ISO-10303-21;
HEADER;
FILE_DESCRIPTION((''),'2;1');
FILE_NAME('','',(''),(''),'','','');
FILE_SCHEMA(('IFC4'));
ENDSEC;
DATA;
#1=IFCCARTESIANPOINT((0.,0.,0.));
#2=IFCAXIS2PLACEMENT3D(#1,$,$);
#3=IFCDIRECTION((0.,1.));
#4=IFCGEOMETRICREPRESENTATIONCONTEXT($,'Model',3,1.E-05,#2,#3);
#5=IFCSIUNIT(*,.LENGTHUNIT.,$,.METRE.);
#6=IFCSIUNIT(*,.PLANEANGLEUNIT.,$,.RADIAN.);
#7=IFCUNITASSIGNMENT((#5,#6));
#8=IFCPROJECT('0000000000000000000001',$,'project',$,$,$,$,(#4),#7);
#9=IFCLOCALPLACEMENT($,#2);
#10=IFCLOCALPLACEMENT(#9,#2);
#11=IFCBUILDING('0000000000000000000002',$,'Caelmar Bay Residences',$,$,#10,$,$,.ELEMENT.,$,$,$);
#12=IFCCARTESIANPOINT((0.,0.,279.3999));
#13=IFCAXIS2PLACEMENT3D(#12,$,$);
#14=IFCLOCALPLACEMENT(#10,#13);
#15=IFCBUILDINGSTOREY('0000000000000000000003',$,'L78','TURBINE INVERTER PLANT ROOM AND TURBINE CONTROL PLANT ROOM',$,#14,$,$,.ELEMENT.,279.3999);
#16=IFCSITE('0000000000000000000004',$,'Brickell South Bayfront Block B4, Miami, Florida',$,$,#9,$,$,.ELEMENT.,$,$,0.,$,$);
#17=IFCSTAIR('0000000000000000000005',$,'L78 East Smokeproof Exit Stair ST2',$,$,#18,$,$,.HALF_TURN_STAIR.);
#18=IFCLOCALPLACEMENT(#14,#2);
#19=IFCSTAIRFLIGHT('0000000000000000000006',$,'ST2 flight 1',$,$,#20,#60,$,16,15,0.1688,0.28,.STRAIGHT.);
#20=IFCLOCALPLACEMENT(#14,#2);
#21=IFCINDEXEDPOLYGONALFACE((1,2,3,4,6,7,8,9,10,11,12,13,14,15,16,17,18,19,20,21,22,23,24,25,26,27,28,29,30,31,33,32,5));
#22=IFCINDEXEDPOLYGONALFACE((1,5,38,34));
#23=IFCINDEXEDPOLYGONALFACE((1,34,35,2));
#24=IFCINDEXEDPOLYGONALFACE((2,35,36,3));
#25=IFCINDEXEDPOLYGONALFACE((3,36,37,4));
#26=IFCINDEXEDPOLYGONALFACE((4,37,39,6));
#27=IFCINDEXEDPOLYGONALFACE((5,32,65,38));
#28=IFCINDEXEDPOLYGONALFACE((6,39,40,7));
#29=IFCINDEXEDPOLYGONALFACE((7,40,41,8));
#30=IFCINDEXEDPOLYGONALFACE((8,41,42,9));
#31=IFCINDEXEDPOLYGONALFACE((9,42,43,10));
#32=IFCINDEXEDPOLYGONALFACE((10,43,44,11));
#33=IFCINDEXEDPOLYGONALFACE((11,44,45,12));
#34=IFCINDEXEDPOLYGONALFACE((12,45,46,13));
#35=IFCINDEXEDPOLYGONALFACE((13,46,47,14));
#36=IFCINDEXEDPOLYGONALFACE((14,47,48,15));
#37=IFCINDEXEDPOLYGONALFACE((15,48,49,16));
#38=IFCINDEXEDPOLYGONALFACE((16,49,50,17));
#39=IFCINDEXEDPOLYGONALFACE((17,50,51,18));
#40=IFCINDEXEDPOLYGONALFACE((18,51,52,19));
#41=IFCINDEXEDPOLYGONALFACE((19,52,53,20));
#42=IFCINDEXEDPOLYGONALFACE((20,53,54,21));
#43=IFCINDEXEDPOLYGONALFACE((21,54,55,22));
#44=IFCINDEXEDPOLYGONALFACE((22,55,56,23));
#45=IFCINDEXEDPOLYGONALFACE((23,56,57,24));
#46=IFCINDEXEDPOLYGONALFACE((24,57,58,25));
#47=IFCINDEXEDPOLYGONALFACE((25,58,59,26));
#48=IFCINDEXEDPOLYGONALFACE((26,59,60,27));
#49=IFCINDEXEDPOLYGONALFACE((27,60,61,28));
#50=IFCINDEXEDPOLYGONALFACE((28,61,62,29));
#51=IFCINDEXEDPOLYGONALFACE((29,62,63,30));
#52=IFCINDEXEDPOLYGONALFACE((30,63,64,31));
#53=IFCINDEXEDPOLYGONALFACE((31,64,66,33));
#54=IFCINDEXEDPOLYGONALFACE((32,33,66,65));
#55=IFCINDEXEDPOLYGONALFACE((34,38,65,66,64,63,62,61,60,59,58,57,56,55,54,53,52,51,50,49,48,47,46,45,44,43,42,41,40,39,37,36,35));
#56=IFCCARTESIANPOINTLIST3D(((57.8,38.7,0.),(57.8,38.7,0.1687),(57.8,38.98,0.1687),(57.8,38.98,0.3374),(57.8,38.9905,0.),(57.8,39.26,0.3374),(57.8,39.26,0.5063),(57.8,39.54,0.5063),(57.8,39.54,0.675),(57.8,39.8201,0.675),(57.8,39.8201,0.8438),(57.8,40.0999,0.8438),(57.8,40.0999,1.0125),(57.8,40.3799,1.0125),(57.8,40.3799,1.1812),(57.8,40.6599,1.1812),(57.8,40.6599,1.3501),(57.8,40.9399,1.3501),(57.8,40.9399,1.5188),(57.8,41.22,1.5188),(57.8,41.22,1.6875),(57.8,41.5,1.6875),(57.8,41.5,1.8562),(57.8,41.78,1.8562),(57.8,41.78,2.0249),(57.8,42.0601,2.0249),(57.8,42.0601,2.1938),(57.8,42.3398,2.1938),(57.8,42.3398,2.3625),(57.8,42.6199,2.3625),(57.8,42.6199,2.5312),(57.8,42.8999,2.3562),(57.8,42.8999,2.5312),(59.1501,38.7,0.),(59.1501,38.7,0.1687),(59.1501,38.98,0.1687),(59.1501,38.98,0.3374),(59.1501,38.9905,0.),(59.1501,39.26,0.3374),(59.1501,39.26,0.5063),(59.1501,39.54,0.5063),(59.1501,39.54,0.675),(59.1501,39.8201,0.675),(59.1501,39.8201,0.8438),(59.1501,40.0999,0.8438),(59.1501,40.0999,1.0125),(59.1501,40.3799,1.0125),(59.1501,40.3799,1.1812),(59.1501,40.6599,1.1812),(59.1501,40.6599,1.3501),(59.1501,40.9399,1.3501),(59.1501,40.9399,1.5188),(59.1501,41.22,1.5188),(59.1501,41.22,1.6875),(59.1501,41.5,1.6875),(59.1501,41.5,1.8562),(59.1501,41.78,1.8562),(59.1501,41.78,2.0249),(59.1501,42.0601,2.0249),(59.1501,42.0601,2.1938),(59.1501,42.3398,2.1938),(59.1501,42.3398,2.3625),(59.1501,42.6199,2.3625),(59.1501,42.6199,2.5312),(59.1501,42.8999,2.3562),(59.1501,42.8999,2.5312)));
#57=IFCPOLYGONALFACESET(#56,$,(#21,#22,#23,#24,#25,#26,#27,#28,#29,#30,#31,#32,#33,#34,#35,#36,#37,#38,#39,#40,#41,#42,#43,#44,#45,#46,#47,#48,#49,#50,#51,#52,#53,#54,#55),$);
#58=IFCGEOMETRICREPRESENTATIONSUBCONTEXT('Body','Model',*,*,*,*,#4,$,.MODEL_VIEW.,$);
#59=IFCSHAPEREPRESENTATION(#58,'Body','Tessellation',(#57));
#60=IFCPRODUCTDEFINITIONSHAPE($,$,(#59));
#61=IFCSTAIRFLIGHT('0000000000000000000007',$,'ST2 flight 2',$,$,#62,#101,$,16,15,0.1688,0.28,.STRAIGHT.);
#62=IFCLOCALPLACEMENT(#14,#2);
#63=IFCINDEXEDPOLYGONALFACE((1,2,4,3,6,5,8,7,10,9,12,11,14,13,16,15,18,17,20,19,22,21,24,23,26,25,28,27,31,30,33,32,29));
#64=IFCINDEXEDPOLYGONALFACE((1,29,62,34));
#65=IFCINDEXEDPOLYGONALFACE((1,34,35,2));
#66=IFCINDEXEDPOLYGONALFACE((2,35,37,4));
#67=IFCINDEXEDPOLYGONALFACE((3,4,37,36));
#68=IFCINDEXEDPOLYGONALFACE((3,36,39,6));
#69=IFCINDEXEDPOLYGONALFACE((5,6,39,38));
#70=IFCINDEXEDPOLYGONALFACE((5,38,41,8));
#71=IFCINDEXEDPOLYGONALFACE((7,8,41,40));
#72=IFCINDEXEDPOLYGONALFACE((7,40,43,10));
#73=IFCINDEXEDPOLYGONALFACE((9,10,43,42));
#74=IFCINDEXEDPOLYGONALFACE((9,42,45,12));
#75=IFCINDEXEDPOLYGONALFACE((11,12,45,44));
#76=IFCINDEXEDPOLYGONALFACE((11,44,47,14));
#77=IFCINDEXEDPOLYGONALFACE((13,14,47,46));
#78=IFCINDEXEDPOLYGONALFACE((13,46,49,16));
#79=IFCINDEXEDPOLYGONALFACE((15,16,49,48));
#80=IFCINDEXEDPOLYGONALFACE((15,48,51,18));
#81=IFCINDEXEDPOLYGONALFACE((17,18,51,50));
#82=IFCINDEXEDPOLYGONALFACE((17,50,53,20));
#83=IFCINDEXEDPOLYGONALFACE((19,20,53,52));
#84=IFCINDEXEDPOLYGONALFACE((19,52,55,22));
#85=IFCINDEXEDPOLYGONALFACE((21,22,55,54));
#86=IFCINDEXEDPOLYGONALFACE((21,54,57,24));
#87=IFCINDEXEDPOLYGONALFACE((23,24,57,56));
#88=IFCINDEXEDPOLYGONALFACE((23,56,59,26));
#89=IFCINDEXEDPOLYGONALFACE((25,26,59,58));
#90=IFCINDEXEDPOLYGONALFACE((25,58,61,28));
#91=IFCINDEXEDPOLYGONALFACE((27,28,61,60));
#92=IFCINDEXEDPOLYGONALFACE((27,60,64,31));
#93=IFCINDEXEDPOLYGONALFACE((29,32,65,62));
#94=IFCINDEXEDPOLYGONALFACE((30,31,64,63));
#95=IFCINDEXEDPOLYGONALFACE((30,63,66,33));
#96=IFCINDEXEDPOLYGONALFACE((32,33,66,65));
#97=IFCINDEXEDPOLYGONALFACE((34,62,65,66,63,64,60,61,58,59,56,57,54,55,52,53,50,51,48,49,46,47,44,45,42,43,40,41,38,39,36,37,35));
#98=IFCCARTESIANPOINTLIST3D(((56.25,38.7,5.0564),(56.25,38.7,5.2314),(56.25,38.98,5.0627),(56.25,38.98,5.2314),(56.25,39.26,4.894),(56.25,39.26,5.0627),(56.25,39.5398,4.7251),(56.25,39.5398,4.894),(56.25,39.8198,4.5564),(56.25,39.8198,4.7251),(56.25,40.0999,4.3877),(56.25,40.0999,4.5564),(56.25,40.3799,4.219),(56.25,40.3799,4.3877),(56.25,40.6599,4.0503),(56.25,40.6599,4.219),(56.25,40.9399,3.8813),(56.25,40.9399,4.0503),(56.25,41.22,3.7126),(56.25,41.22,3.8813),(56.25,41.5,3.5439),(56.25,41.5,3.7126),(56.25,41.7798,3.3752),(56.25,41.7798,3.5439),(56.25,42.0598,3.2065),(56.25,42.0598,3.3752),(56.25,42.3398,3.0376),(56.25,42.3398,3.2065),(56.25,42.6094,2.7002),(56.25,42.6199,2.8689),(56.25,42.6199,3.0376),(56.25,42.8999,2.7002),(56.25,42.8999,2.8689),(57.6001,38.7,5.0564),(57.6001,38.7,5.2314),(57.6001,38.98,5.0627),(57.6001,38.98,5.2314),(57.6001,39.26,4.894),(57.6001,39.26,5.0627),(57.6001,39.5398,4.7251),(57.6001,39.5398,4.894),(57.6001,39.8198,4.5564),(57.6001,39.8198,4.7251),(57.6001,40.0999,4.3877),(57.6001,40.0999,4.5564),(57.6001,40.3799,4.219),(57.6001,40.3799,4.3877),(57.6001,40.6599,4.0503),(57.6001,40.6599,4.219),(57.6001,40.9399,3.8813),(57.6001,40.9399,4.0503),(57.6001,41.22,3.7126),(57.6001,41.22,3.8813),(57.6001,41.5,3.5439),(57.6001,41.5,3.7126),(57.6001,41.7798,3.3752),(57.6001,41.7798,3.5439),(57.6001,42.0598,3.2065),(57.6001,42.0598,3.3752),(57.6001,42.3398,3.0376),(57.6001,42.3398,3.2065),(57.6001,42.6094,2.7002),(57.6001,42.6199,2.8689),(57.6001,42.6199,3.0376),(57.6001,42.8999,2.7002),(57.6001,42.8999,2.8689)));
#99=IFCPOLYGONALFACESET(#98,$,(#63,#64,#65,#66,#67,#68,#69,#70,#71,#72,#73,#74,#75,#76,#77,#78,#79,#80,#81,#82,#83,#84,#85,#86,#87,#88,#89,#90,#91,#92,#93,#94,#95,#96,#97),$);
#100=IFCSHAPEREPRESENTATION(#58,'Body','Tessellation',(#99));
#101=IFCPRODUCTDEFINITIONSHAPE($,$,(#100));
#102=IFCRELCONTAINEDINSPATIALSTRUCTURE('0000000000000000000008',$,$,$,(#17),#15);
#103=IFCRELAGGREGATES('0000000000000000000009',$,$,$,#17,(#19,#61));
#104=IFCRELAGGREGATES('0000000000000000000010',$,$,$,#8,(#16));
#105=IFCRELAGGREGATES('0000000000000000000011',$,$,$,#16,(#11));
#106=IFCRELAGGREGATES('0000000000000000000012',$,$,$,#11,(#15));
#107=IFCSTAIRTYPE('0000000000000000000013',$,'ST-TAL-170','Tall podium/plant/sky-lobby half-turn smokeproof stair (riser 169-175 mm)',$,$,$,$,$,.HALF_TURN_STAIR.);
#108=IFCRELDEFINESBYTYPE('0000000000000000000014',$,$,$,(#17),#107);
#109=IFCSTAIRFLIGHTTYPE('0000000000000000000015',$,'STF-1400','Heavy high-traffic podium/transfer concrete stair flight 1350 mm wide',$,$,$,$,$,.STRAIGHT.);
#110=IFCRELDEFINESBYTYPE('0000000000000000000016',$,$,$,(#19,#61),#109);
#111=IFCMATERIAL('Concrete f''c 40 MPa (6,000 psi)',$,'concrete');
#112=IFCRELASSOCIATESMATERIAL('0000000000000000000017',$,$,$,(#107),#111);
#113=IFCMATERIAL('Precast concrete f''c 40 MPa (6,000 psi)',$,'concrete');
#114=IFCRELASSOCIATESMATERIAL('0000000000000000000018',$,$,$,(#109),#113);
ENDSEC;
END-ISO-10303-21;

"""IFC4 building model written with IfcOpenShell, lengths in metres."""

from ifc_helpers import new_model, si_unit, direction, frame, origin, place, context, subcontext, project, spatial, polyline, outline, extrude, material, type_object, element, aggregate, save


model = new_model("IFC4")

# Units and contexts
model_context = context("Model", 3, precision=1e-05, world=origin(), true_north=direction((0.0, 1.0)))
body_context = subcontext(model_context, "Body", "Model", "MODEL_VIEW")
ifc_project = project(units=[si_unit("LENGTHUNIT", "METRE"), si_unit("PLANEANGLEUNIT", "RADIAN")], contexts=[model_context])

# Site, building, storey
site_placement = place(None, origin())
site = spatial("IfcSite", under=ifc_project, at=site_placement, Name="Brickell South Bayfront Block B4, Miami, Florida", CompositionType="ELEMENT", RefElevation=0.0)
building_placement = place(site_placement, origin())
building = spatial("IfcBuilding", under=site, at=building_placement, Name="Caelmar Bay Residences", CompositionType="ELEMENT")
storey_placement = place(building_placement, frame((0.0, 0.0, 279.3999)))
storey = spatial("IfcBuildingStorey", under=building, at=storey_placement, Name="L78", Description="TURBINE INVERTER PLANT ROOM AND TURBINE CONTROL PLANT ROOM", CompositionType="ELEMENT", Elevation=279.3999)

# Shared definitions
ifc_material_1 = material(Name="Precast concrete f'c 40 MPa (6,000 psi)", Category="concrete")

# Stair, stair flights
ifc_material_2 = material(Name="Concrete f'c 40 MPa (6,000 psi)", Category="concrete")
stair_type = type_object("IfcStairType", Name="ST-TAL-170", Description="Tall podium/plant/sky-lobby half-turn smokeproof stair (riser 169-175 mm)", PredefinedType="HALF_TURN_STAIR", material=ifc_material_2)
stair_placement = place(storey_placement, origin())
stair = element("IfcStair", 1, at=stair_placement, inside=storey, type_object=stair_type, Name="L78 East Smokeproof Exit Stair ST2", PredefinedType="HALF_TURN_STAIR")
stair_flight_type = type_object("IfcStairFlightType", Name="STF-1400", Description="Heavy high-traffic podium/transfer concrete stair flight 1350 mm wide", PredefinedType="STRAIGHT", material=ifc_material_1)
stair_flight_1_placement = place(storey_placement, frame((58.4751, 38.7, 0.0), z_axis=(0.0, 0.0, 1.0), x_axis=(0.0, 1.0, 0.0)))
stair_flight_1 = element("IfcStairFlight", 2, at=stair_flight_1_placement, type_object=stair_flight_type, Name="ST2 flight 1", NumberOfRisers=16, NumberOfTreads=15, PredefinedType="STRAIGHT", RiserHeight=0.1688, TreadLength=0.28, context=body_context, shape_type="SweptSolid", body=[
    extrude(outline(polyline([(0.0, 0.0), (0.0, 0.1687), (0.28, 0.1687), (0.28, 0.3374), (0.5601, 0.3374), (0.5601, 0.5063), (0.8401, 0.5063), (0.8401, 0.675), (1.1201, 0.675), (1.1201, 0.8438), (1.3999, 0.8438), (1.3999, 1.0125), (1.6799, 1.0125), (1.6799, 1.1812), (1.96, 1.1812), (1.96, 1.3501), (2.24, 1.3501), (2.24, 1.5188), (2.52, 1.5188), (2.52, 1.6875), (2.8, 1.6875), (2.8, 1.8562), (3.0801, 1.8562), (3.0801, 2.0249), (3.3601, 2.0249), (3.3601, 2.1938), (3.6399, 2.1938), (3.6399, 2.3625), (3.9199, 2.3625), (3.9199, 2.5312), (4.2, 2.5312), (4.2, 2.7), (4.2, 2.3562), (0.2905, 0.0), (0.0, 0.0)])), frame((0.0, 0.675, 0.0), z_axis=(0.0, -1.0, 0.0), x_axis=(1.0, 0.0, 0.0)), (0.0, 0.0, 1.0), 1.3501),
])
stair_flight_2_placement = place(storey_placement, frame((56.925, 42.8999, 2.7002), z_axis=(0.0, 0.0, 1.0), x_axis=(0.0, -1.0, 0.0)))
stair_flight_2 = element("IfcStairFlight", 3, at=stair_flight_2_placement, type_object=stair_flight_type, Name="ST2 flight 2", NumberOfRisers=16, NumberOfTreads=15, PredefinedType="STRAIGHT", RiserHeight=0.1688, TreadLength=0.28, context=body_context, shape_type="SweptSolid", body=[
    extrude(outline(polyline([(0.0, 0.0), (0.0, 0.1687), (0.28, 0.1687), (0.28, 0.3374), (0.5601, 0.3374), (0.5601, 0.5063), (0.8401, 0.5063), (0.8401, 0.675), (1.1201, 0.675), (1.1201, 0.8438), (1.3999, 0.8438), (1.3999, 1.0125), (1.6799, 1.0125), (1.6799, 1.1812), (1.96, 1.1812), (1.96, 1.3501), (2.24, 1.3501), (2.24, 1.5188), (2.52, 1.5188), (2.52, 1.6875), (2.8, 1.6875), (2.8, 1.8562), (3.0801, 1.8562), (3.0801, 2.0249), (3.3601, 2.0249), (3.3601, 2.1938), (3.6399, 2.1938), (3.6399, 2.3625), (3.9199, 2.3625), (3.9199, 2.5312), (4.2, 2.5312), (4.2, 2.7), (4.2, 2.3562), (0.2905, 0.0), (0.0, 0.0)])), frame((0.0, 0.675, 0.0), z_axis=(0.0, -1.0, 0.0), x_axis=(1.0, 0.0, 0.0)), (0.0, 0.0, 1.0), 1.3501),
])
aggregate(stair, [stair_flight_1, stair_flight_2])

save(model, "model.ifc")
